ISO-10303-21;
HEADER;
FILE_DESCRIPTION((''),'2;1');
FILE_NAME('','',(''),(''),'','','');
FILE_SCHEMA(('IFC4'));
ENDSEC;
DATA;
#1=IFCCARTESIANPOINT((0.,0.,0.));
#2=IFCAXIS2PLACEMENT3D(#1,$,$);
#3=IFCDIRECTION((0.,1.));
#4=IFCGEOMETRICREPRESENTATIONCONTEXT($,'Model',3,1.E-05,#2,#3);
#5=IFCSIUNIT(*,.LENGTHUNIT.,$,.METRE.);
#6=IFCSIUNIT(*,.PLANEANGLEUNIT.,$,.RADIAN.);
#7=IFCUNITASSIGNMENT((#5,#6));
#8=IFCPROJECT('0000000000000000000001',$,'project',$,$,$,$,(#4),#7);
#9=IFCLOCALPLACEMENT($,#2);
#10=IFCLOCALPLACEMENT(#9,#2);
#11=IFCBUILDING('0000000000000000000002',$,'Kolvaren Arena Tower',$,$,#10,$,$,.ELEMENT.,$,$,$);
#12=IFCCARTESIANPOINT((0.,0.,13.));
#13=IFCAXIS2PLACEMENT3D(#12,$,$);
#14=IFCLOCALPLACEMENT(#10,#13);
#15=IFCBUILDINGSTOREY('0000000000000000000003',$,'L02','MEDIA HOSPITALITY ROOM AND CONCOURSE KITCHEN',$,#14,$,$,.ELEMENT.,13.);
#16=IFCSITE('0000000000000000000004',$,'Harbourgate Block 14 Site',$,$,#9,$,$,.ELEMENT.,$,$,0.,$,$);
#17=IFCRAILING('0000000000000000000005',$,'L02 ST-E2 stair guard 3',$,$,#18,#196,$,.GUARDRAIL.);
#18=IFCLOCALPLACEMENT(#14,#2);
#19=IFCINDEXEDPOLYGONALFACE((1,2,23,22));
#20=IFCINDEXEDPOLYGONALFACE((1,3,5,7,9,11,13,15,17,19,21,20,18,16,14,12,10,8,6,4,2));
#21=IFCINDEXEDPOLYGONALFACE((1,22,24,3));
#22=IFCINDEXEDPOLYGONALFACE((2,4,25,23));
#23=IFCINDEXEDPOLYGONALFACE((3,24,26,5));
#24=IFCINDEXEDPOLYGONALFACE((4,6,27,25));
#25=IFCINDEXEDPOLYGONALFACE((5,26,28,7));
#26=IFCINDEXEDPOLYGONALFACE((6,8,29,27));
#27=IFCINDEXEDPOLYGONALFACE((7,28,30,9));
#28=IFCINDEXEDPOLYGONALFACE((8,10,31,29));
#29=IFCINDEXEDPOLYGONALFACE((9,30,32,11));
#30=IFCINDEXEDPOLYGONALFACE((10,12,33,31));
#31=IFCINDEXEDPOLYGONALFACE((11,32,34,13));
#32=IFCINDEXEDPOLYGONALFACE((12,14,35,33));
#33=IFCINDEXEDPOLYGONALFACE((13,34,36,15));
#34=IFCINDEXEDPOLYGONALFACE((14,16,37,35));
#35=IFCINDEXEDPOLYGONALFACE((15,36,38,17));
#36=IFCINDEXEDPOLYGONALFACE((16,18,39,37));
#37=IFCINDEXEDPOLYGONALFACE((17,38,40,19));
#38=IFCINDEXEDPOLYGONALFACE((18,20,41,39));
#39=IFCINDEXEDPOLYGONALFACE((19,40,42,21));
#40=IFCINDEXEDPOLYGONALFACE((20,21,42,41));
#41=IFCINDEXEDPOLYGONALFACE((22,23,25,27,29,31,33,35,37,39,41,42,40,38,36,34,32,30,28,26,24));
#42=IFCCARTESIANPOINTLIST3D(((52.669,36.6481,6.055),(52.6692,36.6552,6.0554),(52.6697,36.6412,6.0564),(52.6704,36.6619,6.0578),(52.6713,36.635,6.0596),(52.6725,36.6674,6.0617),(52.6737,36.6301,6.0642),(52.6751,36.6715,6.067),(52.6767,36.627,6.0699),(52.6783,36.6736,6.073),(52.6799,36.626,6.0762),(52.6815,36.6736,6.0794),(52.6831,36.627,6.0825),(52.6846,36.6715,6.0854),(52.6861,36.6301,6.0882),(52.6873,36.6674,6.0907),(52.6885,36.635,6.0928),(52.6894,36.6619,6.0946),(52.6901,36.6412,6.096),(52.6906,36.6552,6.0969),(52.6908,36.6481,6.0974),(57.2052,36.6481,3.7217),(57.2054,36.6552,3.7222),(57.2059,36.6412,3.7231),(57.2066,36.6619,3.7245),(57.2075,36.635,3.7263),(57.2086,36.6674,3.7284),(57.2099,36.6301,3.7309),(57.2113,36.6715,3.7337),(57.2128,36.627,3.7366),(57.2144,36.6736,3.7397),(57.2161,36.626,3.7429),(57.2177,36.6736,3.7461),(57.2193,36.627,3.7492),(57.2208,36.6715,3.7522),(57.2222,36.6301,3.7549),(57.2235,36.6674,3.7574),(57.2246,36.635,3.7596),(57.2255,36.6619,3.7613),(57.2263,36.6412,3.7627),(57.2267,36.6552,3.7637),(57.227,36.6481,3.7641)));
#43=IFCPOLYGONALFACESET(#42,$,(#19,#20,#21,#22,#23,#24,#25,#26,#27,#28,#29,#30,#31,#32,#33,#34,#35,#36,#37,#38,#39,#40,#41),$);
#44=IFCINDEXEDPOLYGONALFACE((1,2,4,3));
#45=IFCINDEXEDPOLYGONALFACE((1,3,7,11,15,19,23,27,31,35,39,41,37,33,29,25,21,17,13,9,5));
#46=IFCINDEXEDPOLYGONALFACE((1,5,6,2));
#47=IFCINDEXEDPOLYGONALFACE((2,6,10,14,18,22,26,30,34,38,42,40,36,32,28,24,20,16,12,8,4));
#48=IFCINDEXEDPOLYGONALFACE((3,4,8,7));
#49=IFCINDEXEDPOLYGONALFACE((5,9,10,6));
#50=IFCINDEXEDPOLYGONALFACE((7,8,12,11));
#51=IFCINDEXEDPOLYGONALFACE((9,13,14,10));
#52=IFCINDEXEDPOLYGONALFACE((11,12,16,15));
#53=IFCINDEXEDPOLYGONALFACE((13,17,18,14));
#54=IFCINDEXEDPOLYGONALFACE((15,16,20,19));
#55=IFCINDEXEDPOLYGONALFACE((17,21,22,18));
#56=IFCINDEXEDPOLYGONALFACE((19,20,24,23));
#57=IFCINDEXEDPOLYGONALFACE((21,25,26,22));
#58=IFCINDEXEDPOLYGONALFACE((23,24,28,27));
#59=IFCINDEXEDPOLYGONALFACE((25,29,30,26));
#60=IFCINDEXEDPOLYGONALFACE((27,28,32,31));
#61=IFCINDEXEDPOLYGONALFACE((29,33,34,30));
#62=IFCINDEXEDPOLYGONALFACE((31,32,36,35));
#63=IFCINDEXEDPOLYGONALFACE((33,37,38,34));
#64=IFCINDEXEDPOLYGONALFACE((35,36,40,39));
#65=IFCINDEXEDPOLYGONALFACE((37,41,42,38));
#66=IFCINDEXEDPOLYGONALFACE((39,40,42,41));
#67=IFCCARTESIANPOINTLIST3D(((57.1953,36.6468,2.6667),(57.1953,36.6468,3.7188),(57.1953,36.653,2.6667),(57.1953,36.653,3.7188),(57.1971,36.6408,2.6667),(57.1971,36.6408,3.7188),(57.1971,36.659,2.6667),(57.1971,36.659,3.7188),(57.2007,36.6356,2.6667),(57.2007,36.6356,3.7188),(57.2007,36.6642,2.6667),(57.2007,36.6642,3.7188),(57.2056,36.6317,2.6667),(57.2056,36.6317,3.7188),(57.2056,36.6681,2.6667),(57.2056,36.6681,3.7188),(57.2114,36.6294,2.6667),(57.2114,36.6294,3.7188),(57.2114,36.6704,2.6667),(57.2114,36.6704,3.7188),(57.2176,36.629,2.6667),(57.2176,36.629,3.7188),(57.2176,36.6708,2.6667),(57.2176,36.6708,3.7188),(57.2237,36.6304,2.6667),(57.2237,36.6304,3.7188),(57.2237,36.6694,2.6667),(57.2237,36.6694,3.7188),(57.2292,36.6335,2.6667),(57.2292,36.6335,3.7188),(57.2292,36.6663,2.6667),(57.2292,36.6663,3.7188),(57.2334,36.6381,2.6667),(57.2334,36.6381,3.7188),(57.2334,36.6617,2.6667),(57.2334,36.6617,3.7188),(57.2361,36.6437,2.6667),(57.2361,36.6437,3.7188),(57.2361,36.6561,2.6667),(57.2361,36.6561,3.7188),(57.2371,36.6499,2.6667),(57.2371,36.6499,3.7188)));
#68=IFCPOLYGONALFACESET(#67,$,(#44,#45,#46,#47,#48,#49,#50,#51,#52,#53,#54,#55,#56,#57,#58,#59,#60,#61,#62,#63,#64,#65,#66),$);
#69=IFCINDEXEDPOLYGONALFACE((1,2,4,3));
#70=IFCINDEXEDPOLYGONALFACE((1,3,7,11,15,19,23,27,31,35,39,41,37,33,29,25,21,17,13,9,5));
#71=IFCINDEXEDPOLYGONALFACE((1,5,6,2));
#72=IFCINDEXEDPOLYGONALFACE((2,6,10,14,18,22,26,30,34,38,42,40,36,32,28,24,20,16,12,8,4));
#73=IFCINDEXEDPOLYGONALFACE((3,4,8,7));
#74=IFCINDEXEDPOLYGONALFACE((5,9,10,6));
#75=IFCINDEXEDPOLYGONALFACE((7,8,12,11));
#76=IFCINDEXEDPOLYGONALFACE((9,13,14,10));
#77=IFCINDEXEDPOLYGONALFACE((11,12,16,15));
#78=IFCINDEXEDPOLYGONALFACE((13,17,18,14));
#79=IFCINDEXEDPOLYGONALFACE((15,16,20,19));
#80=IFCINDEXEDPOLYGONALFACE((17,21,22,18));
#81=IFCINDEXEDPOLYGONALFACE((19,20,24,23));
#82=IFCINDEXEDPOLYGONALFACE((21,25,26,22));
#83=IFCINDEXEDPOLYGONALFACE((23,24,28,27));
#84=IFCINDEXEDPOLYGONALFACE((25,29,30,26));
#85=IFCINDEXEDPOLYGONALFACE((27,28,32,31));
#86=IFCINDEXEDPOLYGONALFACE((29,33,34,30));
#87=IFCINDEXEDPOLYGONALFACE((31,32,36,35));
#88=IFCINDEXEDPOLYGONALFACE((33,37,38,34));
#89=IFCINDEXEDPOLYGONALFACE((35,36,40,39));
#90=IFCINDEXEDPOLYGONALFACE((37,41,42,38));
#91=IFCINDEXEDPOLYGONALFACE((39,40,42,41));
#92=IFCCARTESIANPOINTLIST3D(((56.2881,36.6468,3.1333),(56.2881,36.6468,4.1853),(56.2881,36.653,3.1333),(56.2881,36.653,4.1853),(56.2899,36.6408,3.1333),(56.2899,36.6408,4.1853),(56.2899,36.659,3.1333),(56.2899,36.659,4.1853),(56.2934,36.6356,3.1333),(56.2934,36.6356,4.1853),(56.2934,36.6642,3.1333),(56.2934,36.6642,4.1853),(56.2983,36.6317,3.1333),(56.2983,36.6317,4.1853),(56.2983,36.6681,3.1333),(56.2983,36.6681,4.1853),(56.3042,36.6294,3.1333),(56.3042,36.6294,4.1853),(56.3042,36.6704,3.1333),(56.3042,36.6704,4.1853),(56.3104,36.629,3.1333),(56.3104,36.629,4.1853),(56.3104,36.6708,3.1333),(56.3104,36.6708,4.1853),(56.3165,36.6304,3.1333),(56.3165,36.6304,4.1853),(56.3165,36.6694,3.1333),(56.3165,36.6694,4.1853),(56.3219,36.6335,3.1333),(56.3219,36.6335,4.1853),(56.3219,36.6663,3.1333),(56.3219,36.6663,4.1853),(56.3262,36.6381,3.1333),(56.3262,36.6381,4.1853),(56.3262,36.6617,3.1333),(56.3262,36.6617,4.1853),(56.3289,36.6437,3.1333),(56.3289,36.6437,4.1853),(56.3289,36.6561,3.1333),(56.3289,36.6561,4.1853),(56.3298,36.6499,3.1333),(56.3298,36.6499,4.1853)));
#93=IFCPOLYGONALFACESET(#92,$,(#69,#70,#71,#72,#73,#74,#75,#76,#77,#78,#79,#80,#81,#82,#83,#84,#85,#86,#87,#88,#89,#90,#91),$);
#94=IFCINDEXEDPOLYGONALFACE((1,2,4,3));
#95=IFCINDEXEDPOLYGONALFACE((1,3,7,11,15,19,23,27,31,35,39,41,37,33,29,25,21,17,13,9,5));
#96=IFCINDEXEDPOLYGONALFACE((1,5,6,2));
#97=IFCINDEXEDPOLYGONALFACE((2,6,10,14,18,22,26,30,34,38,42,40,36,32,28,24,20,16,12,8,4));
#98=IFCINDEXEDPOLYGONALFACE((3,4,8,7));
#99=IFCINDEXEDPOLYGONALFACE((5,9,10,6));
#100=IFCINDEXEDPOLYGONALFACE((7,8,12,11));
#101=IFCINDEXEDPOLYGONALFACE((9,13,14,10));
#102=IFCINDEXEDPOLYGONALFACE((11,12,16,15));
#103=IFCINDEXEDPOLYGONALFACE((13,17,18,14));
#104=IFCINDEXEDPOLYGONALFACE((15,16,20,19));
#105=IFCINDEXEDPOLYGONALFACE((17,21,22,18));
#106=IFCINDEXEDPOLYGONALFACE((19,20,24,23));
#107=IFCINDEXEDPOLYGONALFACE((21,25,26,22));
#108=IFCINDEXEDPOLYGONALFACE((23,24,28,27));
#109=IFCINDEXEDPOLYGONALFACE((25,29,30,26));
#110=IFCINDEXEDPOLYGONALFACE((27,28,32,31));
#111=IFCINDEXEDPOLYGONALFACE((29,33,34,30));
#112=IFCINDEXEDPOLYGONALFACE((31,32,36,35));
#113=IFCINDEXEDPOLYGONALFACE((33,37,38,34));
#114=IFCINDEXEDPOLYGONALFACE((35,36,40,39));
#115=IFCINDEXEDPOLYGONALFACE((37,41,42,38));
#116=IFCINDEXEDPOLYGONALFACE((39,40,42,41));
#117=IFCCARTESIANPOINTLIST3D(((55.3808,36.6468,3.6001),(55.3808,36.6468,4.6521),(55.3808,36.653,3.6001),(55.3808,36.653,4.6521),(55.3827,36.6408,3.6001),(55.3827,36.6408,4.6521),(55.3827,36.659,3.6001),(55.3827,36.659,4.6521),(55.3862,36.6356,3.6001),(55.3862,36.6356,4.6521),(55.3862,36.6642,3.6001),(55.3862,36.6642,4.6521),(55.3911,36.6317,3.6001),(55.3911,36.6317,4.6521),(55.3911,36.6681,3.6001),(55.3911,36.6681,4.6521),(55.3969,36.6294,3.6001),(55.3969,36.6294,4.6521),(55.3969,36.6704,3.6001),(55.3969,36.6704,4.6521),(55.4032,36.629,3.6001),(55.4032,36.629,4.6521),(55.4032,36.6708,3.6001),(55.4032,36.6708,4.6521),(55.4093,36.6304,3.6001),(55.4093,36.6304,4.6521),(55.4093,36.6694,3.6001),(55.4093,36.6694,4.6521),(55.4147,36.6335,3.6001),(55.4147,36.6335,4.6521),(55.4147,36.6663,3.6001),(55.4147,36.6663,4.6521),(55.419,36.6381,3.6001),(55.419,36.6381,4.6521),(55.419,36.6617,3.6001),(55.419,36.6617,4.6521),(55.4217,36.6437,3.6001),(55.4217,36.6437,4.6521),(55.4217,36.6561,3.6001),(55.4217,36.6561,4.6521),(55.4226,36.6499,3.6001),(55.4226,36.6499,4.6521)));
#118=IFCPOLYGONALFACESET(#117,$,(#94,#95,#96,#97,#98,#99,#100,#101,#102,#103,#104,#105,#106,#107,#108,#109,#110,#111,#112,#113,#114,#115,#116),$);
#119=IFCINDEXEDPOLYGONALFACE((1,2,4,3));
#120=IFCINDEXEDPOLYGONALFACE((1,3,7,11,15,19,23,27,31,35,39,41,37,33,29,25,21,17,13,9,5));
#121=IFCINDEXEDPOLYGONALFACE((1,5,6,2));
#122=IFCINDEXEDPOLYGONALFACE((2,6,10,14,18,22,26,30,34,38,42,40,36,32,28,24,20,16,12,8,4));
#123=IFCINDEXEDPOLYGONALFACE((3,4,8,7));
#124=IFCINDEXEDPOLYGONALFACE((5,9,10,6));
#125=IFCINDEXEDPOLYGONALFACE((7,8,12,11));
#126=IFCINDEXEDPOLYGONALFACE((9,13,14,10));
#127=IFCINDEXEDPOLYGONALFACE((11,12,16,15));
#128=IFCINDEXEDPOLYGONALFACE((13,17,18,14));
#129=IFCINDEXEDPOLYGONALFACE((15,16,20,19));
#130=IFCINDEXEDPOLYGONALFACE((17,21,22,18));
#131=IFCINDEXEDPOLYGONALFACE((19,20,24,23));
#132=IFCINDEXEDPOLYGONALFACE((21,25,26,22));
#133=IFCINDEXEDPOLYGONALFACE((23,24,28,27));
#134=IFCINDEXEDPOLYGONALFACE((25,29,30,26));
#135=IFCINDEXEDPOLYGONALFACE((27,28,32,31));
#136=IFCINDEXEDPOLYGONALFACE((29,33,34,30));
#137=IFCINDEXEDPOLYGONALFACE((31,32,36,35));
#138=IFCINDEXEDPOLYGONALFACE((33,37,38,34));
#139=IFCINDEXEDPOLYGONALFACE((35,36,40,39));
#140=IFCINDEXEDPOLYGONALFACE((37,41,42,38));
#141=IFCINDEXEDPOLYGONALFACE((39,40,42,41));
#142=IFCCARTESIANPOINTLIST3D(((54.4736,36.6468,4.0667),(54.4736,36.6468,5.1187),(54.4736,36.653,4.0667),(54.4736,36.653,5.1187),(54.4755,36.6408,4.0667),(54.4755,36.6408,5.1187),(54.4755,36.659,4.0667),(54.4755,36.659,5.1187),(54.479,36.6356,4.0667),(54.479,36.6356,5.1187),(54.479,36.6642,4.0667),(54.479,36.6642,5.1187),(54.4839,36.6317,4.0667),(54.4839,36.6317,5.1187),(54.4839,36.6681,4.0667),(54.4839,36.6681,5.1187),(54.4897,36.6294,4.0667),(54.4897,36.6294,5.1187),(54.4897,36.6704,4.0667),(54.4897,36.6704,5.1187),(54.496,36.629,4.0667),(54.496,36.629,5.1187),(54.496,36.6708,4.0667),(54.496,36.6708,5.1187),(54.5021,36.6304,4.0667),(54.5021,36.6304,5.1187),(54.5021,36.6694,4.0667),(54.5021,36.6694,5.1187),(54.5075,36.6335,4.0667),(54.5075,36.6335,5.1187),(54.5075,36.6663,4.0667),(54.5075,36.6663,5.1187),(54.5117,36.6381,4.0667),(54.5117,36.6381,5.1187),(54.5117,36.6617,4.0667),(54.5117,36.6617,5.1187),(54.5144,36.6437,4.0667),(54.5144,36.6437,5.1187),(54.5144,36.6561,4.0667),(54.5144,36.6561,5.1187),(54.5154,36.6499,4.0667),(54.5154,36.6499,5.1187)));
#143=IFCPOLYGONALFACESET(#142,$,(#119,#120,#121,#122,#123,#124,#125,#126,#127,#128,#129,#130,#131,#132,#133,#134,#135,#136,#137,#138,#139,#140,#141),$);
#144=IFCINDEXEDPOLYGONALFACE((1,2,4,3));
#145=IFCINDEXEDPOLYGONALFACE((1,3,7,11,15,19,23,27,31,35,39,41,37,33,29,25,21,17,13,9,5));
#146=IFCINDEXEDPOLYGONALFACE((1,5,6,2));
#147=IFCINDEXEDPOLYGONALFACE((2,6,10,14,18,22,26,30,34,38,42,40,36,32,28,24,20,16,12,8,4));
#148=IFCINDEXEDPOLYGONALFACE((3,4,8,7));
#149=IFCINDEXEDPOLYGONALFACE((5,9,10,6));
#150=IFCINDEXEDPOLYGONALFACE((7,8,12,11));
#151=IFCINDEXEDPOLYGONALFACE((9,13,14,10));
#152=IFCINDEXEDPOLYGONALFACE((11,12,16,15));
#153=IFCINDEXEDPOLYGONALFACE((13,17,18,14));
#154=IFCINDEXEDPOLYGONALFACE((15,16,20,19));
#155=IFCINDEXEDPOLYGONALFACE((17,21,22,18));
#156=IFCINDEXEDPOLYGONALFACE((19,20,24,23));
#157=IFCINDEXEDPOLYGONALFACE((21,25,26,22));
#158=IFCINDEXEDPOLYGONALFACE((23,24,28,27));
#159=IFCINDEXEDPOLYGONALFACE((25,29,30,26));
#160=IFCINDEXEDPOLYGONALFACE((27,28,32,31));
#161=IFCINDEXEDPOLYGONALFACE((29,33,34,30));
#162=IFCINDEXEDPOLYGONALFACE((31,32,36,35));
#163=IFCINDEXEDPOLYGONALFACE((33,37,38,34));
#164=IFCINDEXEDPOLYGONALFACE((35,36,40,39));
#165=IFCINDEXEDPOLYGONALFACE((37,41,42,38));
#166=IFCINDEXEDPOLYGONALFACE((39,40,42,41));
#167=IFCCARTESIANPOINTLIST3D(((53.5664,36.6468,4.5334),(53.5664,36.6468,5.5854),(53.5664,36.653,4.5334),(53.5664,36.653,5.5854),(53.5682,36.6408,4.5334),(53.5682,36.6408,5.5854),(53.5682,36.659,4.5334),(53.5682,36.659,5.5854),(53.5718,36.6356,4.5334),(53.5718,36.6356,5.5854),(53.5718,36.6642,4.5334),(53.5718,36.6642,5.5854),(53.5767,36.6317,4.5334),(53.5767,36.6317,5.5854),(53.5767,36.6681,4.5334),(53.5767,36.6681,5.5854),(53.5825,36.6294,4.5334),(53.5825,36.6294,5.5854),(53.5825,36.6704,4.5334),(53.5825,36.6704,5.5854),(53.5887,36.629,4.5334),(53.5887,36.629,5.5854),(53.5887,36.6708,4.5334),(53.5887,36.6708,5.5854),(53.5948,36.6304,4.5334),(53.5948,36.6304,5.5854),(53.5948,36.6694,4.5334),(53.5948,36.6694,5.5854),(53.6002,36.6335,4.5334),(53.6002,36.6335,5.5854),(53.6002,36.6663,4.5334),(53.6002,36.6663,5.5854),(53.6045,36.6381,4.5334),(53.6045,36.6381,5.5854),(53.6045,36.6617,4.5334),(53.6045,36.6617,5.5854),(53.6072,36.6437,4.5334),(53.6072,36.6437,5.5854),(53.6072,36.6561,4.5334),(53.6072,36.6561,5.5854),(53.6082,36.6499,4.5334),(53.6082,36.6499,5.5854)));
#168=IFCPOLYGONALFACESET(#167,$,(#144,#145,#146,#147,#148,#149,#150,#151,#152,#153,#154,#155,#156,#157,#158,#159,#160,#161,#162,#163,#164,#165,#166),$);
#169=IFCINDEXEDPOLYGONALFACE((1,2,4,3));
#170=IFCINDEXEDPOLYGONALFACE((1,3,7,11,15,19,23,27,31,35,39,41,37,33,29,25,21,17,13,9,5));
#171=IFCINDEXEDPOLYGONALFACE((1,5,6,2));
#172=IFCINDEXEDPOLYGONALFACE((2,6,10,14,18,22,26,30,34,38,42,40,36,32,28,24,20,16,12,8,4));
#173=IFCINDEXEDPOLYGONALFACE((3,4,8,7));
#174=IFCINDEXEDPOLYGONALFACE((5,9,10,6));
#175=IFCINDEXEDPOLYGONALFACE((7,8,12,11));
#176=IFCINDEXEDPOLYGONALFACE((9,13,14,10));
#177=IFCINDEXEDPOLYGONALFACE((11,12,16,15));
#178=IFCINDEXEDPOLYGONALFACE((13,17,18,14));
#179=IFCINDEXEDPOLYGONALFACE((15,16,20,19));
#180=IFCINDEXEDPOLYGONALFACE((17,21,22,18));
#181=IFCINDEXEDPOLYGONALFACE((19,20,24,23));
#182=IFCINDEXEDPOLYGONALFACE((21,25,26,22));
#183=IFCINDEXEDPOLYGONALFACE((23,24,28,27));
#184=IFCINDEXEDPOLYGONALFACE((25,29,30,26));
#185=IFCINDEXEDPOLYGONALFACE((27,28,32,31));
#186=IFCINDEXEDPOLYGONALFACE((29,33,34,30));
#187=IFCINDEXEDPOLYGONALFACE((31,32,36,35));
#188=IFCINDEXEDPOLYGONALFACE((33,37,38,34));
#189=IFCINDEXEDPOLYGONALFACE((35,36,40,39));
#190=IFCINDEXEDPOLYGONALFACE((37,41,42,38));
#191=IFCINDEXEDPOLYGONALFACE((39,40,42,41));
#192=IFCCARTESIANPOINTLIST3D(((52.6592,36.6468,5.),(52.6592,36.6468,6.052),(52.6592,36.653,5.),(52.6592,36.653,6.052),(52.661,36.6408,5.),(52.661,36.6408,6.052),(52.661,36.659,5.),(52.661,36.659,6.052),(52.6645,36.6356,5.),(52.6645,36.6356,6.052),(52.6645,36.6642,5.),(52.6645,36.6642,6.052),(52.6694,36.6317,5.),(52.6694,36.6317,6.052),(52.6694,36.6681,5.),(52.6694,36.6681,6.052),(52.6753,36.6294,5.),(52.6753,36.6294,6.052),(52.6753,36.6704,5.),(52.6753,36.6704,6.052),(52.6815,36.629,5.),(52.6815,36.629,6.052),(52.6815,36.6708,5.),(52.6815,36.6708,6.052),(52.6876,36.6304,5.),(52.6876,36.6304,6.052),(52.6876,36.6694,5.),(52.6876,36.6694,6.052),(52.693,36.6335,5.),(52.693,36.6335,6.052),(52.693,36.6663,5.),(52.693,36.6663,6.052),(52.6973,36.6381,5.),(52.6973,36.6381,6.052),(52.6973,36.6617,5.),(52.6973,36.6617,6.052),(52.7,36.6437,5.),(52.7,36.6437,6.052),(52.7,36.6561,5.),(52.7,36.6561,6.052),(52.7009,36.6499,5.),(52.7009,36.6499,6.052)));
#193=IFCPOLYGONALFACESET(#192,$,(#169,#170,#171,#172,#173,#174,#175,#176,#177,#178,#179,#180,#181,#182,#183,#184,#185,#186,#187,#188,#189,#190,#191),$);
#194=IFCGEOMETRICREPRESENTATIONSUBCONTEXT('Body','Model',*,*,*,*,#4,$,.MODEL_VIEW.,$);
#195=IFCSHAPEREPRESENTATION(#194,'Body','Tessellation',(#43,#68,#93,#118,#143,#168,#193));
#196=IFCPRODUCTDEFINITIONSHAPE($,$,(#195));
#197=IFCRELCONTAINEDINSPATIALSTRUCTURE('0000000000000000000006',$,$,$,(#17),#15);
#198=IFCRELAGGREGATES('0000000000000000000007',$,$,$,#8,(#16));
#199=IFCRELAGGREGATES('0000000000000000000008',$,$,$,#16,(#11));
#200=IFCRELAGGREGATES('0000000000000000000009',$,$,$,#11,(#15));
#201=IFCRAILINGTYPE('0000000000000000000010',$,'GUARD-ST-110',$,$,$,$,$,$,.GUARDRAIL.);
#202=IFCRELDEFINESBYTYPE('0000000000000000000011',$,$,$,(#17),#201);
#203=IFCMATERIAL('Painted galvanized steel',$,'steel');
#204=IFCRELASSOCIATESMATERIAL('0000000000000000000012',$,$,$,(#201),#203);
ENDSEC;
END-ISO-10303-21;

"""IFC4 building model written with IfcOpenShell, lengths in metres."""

from ifc_helpers import new_model, si_unit, direction, frame, origin, origin_2d, place, context, subcontext, project, spatial, circle, extrude, material, type_object, element, save


model = new_model("IFC4")

# Units and contexts
model_context = context("Model", 3, precision=1e-05, world=origin(), true_north=direction((0.0, 1.0)))
body_context = subcontext(model_context, "Body", "Model", "MODEL_VIEW")
ifc_project = project(units=[si_unit("LENGTHUNIT", "METRE"), si_unit("PLANEANGLEUNIT", "RADIAN")], contexts=[model_context])

# Site, building, storey
site_placement = place(None, origin())
site = spatial("IfcSite", under=ifc_project, at=site_placement, Name="Harbourgate Block 14 Site", CompositionType="ELEMENT", RefElevation=0.0)
building_placement = place(site_placement, origin())
building = spatial("IfcBuilding", under=site, at=building_placement, Name="Kolvaren Arena Tower", CompositionType="ELEMENT")
storey_placement = place(building_placement, frame((0.0, 0.0, 13.0)))
storey = spatial("IfcBuildingStorey", under=building, at=storey_placement, Name="L02", Description="MEDIA HOSPITALITY ROOM AND CONCOURSE KITCHEN", CompositionType="ELEMENT", Elevation=13.0)

# Railing
ifc_material_1 = material(Name="Painted galvanized steel", Category="steel")
railing_type_1 = type_object("IfcRailingType", Name="GUARD-ST-110", PredefinedType="GUARDRAIL", material=ifc_material_1)
railing_1_placement = place(storey_placement, frame((57.2161, 36.6499, 2.6667)))
element("IfcRailing", 1, at=railing_1_placement, inside=storey, type_object=railing_type_1, Name="L02 ST-E2 stair guard 3", PredefinedType="GUARDRAIL", context=body_context, shape_type="SweptSolid", body=[
    extrude(circle(Radius=0.0239, at=origin_2d()), frame((0.0, 0.0, 1.0762), z_axis=(-0.889257, 0.0, 0.457407), x_axis=(0.0, -1.0, 0.0)), (0.0, 0.0, 1.0), 5.1011),
    extrude(circle(Radius=0.021, at=origin_2d()), origin(), (0.0, 0.0, 1.0), 1.052),
    extrude(circle(Radius=0.021, at=origin_2d()), frame((-0.9072, 0.0, 0.4666)), (0.0, 0.0, 1.0), 1.052),
    extrude(circle(Radius=0.021, at=origin_2d()), frame((-1.8145, 0.0, 0.9333)), (0.0, 0.0, 1.0), 1.052),
    extrude(circle(Radius=0.021, at=origin_2d()), frame((-2.7217, 0.0, 1.3999)), (0.0, 0.0, 1.0), 1.052),
    extrude(circle(Radius=0.021, at=origin_2d()), frame((-3.6289, 0.0, 1.8667)), (0.0, 0.0, 1.0), 1.052),
    extrude(circle(Radius=0.021, at=origin_2d()), frame((-4.5361, 0.0, 2.3333)), (0.0, 0.0, 1.0), 1.052),
])

save(model, "model.ifc")
